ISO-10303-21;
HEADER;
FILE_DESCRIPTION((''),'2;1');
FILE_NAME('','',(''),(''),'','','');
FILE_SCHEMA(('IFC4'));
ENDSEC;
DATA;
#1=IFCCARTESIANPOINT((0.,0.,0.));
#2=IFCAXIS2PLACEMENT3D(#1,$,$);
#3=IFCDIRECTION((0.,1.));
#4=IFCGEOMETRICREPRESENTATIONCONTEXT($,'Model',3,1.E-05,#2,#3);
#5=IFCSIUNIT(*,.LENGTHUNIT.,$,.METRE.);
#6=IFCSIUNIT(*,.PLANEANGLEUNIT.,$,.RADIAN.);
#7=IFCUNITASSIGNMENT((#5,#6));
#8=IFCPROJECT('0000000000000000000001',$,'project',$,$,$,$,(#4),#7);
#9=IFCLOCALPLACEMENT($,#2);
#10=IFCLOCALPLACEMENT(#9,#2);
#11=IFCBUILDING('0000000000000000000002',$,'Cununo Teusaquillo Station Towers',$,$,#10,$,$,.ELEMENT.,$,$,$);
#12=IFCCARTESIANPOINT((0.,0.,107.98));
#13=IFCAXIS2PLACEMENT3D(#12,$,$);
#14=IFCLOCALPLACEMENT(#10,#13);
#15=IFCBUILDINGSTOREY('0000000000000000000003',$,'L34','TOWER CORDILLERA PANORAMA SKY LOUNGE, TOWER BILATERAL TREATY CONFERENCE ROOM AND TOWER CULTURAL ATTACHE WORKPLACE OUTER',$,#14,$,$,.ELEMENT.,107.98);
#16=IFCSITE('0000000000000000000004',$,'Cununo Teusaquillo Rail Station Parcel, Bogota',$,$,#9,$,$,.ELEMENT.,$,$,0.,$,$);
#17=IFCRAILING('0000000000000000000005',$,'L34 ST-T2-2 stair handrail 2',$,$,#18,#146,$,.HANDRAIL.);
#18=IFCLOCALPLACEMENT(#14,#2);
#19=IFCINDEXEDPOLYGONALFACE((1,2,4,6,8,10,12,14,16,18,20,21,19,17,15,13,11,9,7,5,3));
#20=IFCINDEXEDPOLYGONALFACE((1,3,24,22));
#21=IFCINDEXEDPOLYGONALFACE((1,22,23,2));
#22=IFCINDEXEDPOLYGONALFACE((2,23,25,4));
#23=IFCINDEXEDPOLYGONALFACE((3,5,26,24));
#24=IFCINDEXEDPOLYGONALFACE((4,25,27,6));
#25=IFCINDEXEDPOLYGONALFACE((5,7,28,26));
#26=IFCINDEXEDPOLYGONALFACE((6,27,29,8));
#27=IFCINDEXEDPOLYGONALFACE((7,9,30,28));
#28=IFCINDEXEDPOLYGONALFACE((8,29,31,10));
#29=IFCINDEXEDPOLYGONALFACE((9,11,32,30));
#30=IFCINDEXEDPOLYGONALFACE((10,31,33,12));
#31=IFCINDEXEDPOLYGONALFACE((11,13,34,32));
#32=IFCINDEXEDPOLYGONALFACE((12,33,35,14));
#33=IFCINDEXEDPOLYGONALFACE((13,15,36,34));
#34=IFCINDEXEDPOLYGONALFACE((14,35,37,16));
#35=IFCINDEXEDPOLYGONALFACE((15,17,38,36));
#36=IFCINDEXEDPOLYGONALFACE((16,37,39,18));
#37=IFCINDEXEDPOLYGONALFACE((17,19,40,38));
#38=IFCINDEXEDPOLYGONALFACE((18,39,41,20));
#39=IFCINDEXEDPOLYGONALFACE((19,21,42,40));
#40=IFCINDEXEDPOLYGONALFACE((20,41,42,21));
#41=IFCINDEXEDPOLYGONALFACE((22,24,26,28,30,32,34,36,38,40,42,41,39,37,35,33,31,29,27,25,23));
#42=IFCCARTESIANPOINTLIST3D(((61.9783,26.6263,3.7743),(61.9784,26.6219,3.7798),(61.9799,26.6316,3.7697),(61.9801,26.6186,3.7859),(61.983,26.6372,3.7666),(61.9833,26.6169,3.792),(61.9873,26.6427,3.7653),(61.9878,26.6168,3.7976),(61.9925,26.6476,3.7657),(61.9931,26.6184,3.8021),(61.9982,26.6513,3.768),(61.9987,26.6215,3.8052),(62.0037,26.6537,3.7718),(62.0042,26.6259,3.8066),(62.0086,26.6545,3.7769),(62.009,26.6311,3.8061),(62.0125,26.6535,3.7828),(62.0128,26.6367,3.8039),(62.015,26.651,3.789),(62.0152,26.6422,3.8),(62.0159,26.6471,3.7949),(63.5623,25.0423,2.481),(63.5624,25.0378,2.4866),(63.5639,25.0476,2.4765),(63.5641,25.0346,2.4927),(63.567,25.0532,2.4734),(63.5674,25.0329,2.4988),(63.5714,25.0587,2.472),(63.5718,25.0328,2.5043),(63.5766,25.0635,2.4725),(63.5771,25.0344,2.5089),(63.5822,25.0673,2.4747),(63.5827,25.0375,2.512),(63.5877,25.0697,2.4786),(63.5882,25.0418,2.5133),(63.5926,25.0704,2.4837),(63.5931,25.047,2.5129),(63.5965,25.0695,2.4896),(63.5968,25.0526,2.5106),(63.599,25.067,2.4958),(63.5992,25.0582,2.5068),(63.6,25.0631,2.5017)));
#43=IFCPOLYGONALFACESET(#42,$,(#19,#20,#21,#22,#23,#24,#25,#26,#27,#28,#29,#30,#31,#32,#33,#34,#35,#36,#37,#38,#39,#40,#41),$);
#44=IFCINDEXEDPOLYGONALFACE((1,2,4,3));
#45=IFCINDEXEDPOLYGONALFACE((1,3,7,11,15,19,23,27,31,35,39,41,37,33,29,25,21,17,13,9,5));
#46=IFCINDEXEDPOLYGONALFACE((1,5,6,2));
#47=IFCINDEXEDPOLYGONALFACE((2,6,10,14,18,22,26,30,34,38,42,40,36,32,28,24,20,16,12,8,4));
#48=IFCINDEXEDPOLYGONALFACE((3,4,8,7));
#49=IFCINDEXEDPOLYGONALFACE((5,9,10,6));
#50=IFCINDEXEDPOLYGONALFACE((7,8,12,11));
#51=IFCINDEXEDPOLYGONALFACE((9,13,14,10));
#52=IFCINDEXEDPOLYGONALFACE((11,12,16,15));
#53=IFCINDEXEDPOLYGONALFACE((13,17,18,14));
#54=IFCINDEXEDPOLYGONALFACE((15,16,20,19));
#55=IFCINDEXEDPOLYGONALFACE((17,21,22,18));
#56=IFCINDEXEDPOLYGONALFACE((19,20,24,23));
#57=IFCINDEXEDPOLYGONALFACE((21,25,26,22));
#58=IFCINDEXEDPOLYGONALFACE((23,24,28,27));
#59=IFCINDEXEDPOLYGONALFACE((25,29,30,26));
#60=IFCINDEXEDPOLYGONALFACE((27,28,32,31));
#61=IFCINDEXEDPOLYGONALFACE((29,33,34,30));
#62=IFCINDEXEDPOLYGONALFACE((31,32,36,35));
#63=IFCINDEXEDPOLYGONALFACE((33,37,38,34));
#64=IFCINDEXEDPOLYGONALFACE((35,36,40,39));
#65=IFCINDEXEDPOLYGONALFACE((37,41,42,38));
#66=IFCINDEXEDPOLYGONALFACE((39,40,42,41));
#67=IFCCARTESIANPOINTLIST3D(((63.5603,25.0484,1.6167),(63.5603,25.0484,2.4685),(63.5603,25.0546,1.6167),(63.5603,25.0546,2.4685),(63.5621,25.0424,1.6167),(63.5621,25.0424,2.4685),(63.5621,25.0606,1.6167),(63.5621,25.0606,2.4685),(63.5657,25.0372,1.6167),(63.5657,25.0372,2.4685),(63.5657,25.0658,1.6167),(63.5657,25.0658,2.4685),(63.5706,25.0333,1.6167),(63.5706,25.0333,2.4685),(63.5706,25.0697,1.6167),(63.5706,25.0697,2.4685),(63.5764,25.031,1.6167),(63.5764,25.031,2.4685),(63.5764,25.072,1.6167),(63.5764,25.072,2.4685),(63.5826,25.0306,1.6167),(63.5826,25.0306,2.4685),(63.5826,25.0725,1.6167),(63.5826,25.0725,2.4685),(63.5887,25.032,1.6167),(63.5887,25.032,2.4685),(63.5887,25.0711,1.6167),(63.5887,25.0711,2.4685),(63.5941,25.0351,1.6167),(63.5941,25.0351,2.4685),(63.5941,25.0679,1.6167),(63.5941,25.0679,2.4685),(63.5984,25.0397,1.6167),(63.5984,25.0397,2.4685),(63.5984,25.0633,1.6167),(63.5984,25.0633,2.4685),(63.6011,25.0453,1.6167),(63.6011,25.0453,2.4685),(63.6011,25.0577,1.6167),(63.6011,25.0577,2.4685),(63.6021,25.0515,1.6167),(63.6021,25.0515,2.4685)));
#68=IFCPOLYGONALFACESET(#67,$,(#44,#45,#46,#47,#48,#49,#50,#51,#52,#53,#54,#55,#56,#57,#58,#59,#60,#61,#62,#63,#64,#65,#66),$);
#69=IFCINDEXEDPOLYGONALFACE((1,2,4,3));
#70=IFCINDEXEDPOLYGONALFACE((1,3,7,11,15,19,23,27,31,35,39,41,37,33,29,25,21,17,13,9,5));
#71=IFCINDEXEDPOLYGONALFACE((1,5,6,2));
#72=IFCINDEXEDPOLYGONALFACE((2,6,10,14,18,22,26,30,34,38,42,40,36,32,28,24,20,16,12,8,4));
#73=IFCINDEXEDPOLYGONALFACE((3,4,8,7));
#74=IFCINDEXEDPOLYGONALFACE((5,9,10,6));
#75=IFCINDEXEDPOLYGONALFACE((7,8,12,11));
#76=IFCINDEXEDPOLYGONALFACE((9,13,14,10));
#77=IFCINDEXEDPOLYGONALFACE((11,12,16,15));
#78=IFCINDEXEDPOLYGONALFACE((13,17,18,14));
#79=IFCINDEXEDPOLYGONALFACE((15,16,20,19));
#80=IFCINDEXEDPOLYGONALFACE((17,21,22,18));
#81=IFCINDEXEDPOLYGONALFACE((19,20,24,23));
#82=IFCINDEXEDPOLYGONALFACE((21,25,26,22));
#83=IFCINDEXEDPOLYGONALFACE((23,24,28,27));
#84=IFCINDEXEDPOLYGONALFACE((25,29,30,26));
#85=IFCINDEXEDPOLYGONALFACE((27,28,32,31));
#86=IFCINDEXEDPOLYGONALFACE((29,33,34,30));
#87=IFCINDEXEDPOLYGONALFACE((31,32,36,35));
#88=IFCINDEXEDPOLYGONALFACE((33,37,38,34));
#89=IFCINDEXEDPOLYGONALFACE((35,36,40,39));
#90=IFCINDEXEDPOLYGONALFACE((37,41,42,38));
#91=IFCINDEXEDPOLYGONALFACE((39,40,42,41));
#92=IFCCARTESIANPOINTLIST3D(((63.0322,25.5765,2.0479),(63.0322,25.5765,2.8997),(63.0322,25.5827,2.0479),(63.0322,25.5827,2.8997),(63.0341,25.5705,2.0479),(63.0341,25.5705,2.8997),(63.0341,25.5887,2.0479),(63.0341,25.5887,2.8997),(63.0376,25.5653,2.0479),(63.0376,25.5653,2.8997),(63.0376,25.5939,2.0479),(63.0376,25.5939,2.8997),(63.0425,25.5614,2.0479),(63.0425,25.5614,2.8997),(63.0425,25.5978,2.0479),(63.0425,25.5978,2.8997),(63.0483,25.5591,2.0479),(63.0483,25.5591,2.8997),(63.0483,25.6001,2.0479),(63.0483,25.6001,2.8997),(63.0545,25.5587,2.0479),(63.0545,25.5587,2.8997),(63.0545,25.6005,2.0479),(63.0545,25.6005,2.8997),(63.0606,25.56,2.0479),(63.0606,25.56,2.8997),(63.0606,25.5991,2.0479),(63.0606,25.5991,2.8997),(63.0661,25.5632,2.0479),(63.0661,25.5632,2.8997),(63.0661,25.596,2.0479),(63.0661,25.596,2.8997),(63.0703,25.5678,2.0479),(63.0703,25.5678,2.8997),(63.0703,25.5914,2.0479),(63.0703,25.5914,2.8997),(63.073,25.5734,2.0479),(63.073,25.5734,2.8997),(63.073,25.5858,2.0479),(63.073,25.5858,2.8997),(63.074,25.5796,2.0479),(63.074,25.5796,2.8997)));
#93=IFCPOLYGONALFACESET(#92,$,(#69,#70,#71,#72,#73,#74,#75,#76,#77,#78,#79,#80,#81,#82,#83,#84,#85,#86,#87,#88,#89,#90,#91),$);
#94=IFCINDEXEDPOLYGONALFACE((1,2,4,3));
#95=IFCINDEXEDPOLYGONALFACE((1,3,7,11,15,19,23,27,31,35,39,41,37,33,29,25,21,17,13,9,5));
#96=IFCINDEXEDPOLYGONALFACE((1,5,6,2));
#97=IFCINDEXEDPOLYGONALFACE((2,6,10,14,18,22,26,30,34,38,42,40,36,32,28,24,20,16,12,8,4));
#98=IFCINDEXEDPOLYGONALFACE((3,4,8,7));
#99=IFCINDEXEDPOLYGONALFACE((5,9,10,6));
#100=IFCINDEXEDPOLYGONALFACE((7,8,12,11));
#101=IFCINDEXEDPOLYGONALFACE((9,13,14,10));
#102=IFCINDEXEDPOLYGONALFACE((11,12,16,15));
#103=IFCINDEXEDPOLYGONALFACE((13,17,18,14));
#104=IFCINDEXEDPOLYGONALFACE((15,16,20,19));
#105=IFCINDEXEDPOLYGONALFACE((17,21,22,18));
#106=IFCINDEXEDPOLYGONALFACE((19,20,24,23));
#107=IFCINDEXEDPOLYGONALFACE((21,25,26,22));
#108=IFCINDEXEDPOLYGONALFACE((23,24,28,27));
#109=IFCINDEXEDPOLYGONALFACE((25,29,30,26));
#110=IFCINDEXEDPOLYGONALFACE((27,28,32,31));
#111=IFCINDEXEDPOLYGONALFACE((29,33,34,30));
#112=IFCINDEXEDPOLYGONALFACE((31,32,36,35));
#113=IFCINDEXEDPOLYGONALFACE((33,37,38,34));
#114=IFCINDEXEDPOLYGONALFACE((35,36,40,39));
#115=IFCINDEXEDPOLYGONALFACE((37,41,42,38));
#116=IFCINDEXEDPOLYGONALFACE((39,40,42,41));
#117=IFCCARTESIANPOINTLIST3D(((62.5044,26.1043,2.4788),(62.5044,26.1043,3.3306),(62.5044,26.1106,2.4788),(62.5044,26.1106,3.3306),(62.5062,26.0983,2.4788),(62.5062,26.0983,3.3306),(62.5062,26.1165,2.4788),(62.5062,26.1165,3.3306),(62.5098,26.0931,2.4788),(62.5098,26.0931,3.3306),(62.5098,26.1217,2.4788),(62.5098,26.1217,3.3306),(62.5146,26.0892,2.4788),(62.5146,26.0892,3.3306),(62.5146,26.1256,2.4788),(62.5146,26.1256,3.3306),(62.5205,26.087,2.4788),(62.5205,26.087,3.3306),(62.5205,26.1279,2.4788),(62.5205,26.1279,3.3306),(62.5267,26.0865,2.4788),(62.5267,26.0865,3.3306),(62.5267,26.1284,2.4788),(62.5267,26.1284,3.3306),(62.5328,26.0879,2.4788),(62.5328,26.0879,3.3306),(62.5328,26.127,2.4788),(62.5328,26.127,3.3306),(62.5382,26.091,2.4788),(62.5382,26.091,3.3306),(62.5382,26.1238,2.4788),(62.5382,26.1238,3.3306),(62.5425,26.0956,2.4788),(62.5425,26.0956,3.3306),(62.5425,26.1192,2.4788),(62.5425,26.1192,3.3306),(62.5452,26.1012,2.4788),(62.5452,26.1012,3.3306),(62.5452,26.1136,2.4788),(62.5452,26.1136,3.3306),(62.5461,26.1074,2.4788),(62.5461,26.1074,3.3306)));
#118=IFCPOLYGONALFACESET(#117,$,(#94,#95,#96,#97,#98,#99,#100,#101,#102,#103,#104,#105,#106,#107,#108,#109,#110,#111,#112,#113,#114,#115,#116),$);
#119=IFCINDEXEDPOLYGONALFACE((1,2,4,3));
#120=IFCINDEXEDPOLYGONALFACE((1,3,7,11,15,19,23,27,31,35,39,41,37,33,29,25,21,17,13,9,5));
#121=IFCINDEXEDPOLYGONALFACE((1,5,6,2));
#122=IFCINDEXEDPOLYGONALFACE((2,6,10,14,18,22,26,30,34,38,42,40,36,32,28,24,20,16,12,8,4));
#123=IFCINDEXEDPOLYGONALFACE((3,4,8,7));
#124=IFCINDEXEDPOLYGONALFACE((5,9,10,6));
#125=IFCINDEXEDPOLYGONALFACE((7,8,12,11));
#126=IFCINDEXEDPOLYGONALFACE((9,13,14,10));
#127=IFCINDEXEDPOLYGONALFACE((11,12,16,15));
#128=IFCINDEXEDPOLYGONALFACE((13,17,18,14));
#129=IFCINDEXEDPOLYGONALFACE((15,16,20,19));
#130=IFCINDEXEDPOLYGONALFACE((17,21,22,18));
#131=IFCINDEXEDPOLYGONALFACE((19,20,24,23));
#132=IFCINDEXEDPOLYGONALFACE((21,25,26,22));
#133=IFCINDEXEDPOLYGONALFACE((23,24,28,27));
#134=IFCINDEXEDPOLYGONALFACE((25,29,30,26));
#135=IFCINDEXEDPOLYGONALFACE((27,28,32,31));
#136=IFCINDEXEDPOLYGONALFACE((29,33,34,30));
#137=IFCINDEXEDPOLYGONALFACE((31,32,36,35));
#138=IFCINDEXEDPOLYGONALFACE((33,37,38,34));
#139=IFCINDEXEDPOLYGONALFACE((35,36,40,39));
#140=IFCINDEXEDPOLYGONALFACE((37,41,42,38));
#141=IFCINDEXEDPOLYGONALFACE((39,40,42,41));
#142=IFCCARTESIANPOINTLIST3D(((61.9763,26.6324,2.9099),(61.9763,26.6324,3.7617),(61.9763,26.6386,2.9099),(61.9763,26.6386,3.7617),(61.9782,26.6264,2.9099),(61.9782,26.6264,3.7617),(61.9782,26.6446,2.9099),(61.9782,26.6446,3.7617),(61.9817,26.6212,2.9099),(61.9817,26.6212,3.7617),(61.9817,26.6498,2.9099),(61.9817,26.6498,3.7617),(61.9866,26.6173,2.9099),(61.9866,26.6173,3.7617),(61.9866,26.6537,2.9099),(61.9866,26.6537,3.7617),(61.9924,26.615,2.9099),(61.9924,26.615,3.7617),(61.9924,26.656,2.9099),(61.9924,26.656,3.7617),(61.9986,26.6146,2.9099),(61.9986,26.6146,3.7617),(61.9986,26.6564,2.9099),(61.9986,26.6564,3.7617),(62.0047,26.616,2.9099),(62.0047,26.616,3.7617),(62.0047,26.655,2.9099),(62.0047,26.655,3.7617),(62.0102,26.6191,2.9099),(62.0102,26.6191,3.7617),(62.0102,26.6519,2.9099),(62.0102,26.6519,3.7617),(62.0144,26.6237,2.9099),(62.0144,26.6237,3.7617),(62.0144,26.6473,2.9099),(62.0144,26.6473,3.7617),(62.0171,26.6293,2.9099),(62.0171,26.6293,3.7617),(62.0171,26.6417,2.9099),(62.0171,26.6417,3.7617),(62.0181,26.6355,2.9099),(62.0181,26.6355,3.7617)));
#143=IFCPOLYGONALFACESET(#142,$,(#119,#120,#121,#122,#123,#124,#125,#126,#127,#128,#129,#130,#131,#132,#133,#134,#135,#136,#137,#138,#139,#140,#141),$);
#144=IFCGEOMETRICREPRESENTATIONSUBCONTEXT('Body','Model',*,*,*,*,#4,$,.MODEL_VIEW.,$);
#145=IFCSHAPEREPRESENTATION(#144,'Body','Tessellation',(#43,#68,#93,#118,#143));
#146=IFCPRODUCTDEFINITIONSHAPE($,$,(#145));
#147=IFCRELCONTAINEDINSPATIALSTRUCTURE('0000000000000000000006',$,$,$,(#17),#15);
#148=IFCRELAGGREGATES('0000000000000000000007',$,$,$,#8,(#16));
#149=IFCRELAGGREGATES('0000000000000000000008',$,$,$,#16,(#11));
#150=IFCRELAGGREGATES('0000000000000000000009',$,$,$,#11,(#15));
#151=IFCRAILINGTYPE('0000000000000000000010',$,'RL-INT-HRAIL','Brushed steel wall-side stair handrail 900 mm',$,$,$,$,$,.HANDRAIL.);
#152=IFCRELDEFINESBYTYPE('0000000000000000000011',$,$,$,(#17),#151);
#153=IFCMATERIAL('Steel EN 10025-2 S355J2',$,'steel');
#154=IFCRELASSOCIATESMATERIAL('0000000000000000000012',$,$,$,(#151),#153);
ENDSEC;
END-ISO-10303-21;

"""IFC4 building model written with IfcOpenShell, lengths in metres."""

from ifc_helpers import new_model, si_unit, direction, frame, origin, origin_2d, place, context, subcontext, project, spatial, circle, extrude, material, type_object, element, save


model = new_model("IFC4")

# Units and contexts
model_context = context("Model", 3, precision=1e-05, world=origin(), true_north=direction((0.0, 1.0)))
body_context = subcontext(model_context, "Body", "Model", "MODEL_VIEW")
ifc_project = project(units=[si_unit("LENGTHUNIT", "METRE"), si_unit("PLANEANGLEUNIT", "RADIAN")], contexts=[model_context])

# Site, building, storey
site_placement = place(None, origin())
site = spatial("IfcSite", under=ifc_project, at=site_placement, Name="Cununo Teusaquillo Rail Station Parcel, Bogota", CompositionType="ELEMENT", RefElevation=0.0)
building_placement = place(site_placement, origin())
building = spatial("IfcBuilding", under=site, at=building_placement, Name="Cununo Teusaquillo Station Towers", CompositionType="ELEMENT")
storey_placement = place(building_placement, frame((0.0, 0.0, 107.98)))
storey = spatial("IfcBuildingStorey", under=building, at=storey_placement, Name="L34", Description="TOWER CORDILLERA PANORAMA SKY LOUNGE, TOWER BILATERAL TREATY CONFERENCE ROOM AND TOWER CULTURAL ATTACHE WORKPLACE OUTER", CompositionType="ELEMENT", Elevation=107.98)

# Railing
ifc_material_1 = material(Name="Steel EN 10025-2 S355J2", Category="steel")
railing_type_1 = type_object("IfcRailingType", Name="RL-INT-HRAIL", Description="Brushed steel wall-side stair handrail 900 mm", PredefinedType="HANDRAIL", material=ifc_material_1)
railing_1_placement = place(storey_placement, frame((63.5811, 25.0515, 1.6167)))
element("IfcRailing", 1, at=railing_1_placement, inside=storey, type_object=railing_type_1, Name="L34 ST-T2-2 stair handrail 2", PredefinedType="HANDRAIL", context=body_context, shape_type="SweptSolid", body=[
    extrude(circle(Radius=0.0239, at=origin_2d()), frame((0.0, 0.0, 0.876), z_axis=(-0.612385, 0.612385, 0.49997), x_axis=(-0.707107, -0.707107, 0.0)), (0.0, 0.0, 1.0), 2.5867),
    extrude(circle(Radius=0.021, at=origin_2d()), origin(), (0.0, 0.0, 1.0), 0.8518),
    extrude(circle(Radius=0.021, at=origin_2d()), frame((-0.5281, 0.5281, 0.4312)), (0.0, 0.0, 1.0), 0.8518),
    extrude(circle(Radius=0.021, at=origin_2d()), frame((-1.0559, 1.0559, 0.8621)), (0.0, 0.0, 1.0), 0.8518),
    extrude(circle(Radius=0.021, at=origin_2d()), frame((-1.584, 1.584, 1.2932)), (0.0, 0.0, 1.0), 0.8518),
])

save(model, "model.ifc")
